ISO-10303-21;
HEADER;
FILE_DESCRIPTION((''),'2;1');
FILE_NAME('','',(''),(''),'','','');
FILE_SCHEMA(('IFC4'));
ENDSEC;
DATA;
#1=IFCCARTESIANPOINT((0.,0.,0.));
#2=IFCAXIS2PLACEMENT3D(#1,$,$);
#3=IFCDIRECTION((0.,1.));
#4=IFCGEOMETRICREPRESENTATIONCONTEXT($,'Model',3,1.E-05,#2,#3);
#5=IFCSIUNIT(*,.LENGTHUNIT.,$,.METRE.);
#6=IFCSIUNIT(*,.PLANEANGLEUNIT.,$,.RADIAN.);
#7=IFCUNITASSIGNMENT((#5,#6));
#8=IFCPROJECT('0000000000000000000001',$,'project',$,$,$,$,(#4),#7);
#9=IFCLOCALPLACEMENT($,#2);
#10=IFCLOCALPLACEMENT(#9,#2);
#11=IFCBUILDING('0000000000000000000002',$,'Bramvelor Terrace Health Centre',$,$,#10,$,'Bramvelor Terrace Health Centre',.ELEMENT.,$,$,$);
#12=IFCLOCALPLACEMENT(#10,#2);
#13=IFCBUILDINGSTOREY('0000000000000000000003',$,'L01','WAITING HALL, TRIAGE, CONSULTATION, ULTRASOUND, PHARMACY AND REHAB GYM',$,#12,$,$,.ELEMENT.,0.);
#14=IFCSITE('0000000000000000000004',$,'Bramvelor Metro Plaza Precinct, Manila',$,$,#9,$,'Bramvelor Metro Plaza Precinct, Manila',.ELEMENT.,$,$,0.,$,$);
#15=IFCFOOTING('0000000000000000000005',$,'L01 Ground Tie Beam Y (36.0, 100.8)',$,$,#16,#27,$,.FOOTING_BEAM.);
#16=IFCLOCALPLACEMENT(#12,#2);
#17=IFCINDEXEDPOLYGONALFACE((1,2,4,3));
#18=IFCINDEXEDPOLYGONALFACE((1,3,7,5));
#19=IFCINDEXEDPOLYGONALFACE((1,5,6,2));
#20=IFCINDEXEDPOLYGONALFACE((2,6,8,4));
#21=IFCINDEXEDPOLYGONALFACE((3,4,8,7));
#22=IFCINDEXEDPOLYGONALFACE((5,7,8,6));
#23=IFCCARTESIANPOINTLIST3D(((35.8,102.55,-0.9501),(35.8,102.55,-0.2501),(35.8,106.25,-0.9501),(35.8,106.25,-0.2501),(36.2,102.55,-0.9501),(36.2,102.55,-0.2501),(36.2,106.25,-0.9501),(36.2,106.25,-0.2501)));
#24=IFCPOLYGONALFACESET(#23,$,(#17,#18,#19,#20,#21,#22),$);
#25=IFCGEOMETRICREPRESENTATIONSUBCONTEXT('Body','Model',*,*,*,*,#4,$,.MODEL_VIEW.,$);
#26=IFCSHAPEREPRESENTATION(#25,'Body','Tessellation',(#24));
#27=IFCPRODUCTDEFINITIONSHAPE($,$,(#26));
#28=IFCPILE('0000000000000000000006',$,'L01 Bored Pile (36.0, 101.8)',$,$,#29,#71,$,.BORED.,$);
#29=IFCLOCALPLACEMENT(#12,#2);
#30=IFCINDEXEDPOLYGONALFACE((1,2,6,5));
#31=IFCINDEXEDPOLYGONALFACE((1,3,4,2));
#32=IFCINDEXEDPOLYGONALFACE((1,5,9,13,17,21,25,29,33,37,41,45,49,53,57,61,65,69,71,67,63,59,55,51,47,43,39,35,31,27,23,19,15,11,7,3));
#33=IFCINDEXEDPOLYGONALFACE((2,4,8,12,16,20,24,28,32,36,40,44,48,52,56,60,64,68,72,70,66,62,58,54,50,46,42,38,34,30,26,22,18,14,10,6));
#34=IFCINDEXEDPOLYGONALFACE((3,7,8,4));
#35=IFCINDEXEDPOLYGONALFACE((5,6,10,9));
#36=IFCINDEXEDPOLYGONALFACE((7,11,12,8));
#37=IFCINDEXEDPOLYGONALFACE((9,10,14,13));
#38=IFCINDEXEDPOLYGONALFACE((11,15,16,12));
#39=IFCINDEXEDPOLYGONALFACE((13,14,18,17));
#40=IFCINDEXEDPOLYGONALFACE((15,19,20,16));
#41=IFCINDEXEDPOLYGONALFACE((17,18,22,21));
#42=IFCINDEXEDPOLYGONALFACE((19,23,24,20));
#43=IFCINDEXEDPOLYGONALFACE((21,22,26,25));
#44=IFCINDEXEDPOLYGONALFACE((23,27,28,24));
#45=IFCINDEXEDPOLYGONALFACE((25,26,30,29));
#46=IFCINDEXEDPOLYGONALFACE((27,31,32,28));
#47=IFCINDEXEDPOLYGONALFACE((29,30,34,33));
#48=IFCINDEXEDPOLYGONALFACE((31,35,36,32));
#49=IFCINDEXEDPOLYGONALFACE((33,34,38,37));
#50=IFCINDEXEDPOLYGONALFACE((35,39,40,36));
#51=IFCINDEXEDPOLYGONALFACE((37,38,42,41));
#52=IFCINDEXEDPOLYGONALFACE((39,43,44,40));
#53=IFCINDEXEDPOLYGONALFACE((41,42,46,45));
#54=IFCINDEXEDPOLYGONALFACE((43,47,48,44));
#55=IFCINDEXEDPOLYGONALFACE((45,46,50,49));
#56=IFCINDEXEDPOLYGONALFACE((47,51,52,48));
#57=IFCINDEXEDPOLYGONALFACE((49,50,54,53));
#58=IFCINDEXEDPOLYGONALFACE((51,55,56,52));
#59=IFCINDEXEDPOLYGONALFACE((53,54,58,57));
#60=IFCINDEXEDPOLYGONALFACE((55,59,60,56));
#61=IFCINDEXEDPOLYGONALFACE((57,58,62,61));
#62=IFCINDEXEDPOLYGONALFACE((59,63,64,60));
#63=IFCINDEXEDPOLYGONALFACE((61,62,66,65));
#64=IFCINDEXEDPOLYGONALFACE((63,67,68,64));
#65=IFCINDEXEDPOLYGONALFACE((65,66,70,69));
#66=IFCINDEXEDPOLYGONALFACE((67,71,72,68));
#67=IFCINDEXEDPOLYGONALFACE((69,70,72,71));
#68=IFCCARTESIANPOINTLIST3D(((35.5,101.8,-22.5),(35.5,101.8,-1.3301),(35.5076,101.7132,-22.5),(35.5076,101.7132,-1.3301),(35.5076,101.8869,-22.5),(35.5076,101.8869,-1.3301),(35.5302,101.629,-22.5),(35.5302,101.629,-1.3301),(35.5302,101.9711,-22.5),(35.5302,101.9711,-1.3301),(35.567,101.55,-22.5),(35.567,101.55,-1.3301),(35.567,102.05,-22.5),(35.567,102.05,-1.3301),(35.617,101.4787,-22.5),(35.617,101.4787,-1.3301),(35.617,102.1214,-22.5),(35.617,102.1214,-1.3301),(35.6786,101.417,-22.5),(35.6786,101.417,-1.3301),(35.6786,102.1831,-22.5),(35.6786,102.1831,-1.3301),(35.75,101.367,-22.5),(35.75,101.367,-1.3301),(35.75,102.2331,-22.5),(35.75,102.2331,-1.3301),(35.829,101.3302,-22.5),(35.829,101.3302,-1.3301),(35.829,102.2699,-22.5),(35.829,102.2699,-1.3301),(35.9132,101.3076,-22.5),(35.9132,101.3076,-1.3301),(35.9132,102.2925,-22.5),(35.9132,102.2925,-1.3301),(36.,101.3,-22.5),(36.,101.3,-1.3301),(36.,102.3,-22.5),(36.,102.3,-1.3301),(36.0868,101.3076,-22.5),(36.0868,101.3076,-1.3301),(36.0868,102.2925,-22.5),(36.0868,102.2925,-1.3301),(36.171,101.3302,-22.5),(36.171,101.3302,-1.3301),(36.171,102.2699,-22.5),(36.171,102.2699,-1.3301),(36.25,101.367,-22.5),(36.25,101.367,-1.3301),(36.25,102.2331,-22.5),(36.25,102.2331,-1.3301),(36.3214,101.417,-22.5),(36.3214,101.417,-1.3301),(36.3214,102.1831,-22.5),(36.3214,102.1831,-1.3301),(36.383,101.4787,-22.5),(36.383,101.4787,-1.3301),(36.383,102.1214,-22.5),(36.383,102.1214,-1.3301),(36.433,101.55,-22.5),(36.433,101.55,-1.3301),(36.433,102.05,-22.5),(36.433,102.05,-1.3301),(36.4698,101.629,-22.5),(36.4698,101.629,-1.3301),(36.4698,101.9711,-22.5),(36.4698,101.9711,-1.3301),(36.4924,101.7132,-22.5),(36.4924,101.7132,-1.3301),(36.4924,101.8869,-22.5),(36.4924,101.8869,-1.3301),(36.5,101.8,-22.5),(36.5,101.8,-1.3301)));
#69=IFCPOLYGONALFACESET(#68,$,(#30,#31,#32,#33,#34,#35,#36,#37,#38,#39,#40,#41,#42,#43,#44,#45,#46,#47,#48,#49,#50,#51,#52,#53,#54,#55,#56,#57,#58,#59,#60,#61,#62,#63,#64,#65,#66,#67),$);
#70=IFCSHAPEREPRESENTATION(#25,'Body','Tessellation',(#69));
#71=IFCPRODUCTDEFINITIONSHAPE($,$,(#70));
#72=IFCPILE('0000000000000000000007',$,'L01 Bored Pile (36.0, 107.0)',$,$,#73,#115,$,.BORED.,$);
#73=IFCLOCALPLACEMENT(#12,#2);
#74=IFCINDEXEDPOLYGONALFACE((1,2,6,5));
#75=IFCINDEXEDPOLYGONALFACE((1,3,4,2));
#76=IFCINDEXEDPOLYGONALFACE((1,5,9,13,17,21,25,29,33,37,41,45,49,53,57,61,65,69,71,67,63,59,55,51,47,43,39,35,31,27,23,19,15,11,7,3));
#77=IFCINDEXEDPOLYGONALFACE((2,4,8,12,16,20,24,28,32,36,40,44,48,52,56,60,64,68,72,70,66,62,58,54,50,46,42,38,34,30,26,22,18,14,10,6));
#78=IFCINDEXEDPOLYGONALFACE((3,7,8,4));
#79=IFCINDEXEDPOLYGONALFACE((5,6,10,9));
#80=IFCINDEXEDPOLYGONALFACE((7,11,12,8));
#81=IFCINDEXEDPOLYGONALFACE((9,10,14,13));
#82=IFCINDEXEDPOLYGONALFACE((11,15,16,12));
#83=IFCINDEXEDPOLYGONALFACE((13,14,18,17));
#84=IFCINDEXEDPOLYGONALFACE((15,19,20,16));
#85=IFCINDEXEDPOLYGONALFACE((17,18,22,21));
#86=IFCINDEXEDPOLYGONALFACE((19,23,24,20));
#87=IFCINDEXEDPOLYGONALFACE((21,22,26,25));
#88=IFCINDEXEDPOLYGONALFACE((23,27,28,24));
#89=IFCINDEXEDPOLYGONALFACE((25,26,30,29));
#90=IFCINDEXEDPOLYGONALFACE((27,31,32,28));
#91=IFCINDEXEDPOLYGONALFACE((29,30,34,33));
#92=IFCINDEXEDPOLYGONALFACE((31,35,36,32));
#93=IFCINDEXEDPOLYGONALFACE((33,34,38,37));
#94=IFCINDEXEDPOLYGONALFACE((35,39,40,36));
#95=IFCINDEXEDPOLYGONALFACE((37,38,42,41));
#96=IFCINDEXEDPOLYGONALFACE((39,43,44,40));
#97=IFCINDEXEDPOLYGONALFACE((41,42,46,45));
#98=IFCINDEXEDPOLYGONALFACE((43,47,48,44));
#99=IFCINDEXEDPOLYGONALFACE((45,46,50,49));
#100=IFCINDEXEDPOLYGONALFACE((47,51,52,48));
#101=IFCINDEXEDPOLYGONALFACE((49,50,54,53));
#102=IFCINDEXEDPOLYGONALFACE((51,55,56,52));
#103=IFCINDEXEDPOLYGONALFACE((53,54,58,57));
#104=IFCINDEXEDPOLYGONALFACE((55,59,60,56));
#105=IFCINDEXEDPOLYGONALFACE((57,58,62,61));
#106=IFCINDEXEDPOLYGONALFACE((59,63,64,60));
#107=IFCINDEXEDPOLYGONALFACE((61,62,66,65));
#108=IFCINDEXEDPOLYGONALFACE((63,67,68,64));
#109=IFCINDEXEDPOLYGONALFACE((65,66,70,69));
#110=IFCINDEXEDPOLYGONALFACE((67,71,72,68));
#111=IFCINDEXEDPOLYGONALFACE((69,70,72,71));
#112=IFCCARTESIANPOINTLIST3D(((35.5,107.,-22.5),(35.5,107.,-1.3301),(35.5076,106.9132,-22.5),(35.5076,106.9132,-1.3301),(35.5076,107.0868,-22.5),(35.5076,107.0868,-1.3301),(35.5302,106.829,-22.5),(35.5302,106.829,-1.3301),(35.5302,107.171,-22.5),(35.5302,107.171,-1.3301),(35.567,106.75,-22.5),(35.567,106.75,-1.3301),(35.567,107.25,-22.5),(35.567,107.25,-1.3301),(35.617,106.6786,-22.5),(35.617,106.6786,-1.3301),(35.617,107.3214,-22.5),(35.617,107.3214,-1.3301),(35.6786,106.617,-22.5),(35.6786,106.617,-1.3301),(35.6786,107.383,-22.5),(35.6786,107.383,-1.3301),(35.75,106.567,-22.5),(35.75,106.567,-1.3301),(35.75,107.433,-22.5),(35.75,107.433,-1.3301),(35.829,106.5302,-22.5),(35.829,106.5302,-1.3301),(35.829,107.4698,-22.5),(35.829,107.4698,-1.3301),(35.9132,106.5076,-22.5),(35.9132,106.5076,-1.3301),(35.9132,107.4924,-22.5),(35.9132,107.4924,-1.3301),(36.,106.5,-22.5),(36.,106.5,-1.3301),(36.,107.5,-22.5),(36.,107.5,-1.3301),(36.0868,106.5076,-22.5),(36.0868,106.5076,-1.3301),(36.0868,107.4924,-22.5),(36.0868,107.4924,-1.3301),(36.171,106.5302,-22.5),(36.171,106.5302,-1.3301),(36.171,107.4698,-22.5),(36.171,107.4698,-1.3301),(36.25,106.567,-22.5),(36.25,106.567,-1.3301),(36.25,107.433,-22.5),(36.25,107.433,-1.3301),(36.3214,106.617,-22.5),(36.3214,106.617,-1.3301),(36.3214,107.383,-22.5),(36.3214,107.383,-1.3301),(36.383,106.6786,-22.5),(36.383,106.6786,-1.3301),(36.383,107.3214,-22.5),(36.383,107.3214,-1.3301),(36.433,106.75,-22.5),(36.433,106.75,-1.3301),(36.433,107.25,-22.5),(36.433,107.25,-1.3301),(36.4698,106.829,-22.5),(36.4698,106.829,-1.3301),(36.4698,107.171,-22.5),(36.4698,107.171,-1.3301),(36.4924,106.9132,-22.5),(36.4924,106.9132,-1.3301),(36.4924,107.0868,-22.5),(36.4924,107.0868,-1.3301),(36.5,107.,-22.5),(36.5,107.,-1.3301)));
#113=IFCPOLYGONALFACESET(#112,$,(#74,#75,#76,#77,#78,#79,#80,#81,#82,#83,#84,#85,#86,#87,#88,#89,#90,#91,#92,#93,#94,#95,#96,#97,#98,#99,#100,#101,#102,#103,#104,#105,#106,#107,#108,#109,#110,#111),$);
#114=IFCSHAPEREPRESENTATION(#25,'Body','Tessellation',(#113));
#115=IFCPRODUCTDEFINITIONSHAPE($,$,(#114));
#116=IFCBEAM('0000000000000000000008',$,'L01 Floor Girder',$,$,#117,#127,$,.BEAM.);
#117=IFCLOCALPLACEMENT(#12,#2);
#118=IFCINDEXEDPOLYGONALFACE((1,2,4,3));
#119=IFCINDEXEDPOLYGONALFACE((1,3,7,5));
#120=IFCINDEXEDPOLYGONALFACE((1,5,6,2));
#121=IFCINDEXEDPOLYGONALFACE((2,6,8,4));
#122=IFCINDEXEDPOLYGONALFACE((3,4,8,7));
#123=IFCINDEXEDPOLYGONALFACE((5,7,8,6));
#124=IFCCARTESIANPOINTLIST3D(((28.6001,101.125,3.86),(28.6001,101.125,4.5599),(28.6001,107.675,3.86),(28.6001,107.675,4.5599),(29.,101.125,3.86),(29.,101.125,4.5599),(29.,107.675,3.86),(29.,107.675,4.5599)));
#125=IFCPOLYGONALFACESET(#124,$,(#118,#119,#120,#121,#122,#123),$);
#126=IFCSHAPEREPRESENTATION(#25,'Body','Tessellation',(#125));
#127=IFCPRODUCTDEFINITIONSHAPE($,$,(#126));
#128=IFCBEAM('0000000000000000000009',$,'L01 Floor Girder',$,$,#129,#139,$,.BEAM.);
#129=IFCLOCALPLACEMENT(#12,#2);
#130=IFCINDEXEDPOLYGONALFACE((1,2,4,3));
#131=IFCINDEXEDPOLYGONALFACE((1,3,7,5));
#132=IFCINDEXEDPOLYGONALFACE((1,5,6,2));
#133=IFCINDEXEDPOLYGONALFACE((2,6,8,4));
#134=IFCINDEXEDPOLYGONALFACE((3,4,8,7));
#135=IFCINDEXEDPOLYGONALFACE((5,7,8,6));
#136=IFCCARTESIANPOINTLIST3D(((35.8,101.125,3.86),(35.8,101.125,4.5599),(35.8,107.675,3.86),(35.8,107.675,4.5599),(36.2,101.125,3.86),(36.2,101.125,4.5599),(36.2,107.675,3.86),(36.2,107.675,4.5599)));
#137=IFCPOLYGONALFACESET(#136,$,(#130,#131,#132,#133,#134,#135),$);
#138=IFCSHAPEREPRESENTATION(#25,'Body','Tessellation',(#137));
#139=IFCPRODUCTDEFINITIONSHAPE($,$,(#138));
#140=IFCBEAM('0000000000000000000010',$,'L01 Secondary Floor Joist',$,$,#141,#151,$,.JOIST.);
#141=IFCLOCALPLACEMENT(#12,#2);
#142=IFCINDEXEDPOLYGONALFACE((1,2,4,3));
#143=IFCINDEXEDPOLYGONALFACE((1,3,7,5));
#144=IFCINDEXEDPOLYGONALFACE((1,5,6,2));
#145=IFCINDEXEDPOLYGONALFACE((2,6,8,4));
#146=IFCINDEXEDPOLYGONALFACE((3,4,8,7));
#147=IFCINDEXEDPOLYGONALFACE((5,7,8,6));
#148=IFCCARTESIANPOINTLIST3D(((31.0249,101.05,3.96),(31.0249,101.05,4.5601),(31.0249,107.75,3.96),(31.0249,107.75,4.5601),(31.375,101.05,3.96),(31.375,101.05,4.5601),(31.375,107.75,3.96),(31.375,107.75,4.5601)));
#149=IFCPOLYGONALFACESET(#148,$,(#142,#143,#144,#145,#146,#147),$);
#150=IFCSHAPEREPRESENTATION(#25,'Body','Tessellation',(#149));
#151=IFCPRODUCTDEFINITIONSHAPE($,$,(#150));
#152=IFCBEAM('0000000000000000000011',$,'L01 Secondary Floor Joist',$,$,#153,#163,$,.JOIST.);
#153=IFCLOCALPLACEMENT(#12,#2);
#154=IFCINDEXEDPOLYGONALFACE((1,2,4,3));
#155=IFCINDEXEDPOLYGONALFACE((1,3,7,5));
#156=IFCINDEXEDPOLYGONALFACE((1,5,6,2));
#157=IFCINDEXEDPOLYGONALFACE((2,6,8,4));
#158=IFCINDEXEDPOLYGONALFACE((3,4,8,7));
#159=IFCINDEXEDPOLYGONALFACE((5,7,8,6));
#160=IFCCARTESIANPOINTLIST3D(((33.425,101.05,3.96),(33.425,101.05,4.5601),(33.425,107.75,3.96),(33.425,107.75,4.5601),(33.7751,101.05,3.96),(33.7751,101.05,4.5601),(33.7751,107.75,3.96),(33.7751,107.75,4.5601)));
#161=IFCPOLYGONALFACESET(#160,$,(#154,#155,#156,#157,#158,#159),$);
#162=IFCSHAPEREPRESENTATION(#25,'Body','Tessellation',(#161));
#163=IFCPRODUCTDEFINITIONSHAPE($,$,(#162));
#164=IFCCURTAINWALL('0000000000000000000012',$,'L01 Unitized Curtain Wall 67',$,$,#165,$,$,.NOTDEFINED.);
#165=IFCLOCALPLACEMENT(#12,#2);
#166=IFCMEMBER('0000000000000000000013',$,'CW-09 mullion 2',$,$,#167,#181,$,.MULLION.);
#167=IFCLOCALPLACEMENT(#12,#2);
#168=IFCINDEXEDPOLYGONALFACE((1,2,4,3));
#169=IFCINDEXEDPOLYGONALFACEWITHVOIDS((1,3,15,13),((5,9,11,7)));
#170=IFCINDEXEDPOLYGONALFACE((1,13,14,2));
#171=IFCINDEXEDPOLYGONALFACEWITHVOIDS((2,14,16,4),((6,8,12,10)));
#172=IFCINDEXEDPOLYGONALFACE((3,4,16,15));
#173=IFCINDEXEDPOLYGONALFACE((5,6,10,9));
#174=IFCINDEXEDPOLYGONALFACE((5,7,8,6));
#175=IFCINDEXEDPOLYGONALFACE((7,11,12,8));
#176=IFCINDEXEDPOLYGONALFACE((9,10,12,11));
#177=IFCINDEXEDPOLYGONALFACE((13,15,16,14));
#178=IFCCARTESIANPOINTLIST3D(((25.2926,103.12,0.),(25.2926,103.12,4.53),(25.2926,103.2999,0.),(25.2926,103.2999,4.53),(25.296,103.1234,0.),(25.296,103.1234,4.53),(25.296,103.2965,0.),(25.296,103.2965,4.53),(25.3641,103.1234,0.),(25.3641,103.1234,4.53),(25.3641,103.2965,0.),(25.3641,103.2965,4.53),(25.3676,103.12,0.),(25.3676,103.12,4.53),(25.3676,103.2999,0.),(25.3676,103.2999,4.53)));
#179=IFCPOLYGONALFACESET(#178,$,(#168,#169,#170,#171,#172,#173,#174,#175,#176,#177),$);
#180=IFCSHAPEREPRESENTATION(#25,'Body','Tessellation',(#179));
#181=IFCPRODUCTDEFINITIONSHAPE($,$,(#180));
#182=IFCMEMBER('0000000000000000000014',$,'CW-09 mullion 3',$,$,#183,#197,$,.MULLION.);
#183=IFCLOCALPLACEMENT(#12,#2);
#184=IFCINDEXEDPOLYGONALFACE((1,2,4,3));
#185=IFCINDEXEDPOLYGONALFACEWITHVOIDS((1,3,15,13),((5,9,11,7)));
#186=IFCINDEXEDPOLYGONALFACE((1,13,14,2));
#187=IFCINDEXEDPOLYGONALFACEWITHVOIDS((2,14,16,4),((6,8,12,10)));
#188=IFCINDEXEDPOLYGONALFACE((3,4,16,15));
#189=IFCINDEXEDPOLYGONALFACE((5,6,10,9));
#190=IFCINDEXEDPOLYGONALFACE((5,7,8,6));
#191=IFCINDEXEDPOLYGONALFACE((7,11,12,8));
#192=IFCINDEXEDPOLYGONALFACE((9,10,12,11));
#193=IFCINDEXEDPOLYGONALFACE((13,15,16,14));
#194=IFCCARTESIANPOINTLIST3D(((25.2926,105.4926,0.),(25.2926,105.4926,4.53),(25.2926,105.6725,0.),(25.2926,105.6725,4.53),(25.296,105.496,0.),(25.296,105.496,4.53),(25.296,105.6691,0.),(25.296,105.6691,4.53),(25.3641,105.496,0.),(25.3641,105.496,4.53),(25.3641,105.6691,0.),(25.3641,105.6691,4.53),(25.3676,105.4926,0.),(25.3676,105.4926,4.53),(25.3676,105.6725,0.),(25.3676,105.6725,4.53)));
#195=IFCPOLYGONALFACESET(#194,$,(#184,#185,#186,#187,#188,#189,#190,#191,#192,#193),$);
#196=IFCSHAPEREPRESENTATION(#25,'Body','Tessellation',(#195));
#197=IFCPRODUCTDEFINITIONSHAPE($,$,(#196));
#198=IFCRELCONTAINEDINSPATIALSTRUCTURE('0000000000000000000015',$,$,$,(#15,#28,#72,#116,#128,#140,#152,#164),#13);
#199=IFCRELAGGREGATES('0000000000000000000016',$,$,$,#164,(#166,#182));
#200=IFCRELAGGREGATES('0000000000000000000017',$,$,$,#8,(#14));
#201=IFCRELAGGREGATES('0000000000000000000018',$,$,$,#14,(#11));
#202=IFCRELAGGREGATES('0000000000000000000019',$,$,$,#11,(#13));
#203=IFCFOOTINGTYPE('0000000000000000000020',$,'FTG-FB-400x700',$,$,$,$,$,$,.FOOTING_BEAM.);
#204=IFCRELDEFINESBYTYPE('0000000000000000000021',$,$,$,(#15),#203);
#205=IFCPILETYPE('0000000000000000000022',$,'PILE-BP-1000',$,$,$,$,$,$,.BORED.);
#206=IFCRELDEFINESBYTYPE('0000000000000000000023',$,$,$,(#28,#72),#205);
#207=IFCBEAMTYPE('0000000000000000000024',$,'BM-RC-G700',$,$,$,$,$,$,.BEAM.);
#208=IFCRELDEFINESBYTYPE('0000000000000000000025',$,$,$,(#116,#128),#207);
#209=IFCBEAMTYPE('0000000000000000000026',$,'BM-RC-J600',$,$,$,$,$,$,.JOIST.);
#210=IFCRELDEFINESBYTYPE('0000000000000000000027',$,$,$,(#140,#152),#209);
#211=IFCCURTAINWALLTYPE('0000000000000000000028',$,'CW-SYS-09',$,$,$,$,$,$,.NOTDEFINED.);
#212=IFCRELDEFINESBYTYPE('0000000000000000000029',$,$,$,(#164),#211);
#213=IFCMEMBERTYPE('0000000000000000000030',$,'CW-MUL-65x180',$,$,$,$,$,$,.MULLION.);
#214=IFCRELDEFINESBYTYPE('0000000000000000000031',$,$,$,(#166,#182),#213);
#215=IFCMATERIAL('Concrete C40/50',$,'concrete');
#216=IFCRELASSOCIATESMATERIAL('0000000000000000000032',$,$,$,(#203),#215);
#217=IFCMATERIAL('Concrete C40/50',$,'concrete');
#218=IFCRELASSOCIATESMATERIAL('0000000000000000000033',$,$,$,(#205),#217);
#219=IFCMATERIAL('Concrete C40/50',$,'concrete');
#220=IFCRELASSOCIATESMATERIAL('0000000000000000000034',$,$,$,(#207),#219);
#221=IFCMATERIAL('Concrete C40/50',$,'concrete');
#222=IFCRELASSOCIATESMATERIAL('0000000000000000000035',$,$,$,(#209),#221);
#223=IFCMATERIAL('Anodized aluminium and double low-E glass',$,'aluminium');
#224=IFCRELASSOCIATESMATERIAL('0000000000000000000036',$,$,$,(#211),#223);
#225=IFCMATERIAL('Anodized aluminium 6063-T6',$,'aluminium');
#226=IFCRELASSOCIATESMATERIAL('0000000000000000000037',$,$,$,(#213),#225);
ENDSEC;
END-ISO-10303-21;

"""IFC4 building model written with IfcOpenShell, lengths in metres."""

from ifc_helpers import new_model, si_unit, direction, frame, origin, origin_2d, place, context, subcontext, project, spatial, rectangle, hollow_rectangle, circle, extrude, material, material_profile, profile_set, type_object, element, aggregate, save


model = new_model("IFC4")

# Units and contexts
model_context = context("Model", 3, precision=1e-05, world=origin(), true_north=direction((0.0, 1.0)))
body_context = subcontext(model_context, "Body", "Model", "MODEL_VIEW")
ifc_project = project(units=[si_unit("LENGTHUNIT", "METRE"), si_unit("PLANEANGLEUNIT", "RADIAN")], contexts=[model_context])

# Site, building, storey
site_placement = place(None, origin())
site = spatial("IfcSite", under=ifc_project, at=site_placement, Name="Bramvelor Metro Plaza Precinct, Manila", LongName="Bramvelor Metro Plaza Precinct, Manila", CompositionType="ELEMENT", RefElevation=0.0)
building_placement = place(site_placement, origin())
building = spatial("IfcBuilding", under=site, at=building_placement, Name="Bramvelor Terrace Health Centre", LongName="Bramvelor Terrace Health Centre", CompositionType="ELEMENT")
storey_placement = place(building_placement, origin())
storey = spatial("IfcBuildingStorey", under=building, at=storey_placement, Name="L01", Description="WAITING HALL, TRIAGE, CONSULTATION, ULTRASOUND, PHARMACY AND REHAB GYM", CompositionType="ELEMENT", Elevation=0.0)

# Footing
ifc_material_1 = material(Name="Concrete C40/50", Category="concrete")
ifc_material_profile_1 = material_profile(ifc_material_1, rectangle(XDim=0.3999, YDim=0.7, at=origin_2d()), Name="RC 400x700")
ifc_profile_set_1 = profile_set([ifc_material_profile_1], Name="Concrete C40/50")
footing_type = type_object("IfcFootingType", Name="FTG-FB-400x700", PredefinedType="FOOTING_BEAM", material=ifc_profile_set_1)
footing_placement = place(storey_placement, frame((36.0, 102.55, -0.6001), z_axis=(0.0, 1.0, 0.0), x_axis=(-1.0, 0.0, 0.0)))
element("IfcFooting", 1, at=footing_placement, inside=storey, type_object=footing_type, Name="L01 Ground Tie Beam Y (36.0, 100.8)", PredefinedType="FOOTING_BEAM", context=body_context, shape_type="SweptSolid", body=[
    extrude(rectangle(XDim=0.3999, YDim=0.7, at=origin_2d()), origin(), (0.0, 0.0, 1.0), 3.7),
])

# Piles
ifc_material_2 = material(Name="Concrete C40/50", Category="concrete")
ifc_material_profile_2 = material_profile(ifc_material_2, circle(Radius=0.5, at=origin_2d()), Name="BP D1000")
ifc_profile_set_2 = profile_set([ifc_material_profile_2], Name="Concrete C40/50")
pile_type = type_object("IfcPileType", Name="PILE-BP-1000", PredefinedType="BORED", material=ifc_profile_set_2)
for number, where, z_axis, x_axis, name in (
    (2, (36.0, 101.8, -1.3301), (0.0, 0.0, -1.0), (1.0, 0.0, 0.0), "L01 Bored Pile (36.0, 101.8)"),
    (3, (36.0, 107.0, -1.3301), (0.0, 0.0, -1.0), (1.0, 0.0, 0.0), "L01 Bored Pile (36.0, 107.0)"),
):
    element("IfcPile", number, at=place(storey_placement, frame(where, z_axis=z_axis, x_axis=x_axis)), inside=storey, type_object=pile_type, Name=name, PredefinedType="BORED", context=body_context, shape_type="SweptSolid", body=[
        extrude(circle(Radius=0.5, at=origin_2d()), origin(), (0.0, 0.0, 1.0), 21.1699),
    ])

# Beams
ifc_material_3 = material(Name="Concrete C40/50", Category="concrete")
ifc_material_profile_3 = material_profile(ifc_material_3, rectangle(XDim=0.3999, YDim=0.7, at=origin_2d()), Name="RC 400x700")
ifc_profile_set_3 = profile_set([ifc_material_profile_3], Name="Concrete C40/50")
beam_type_1 = type_object("IfcBeamType", Name="BM-RC-G700", PredefinedType="BEAM", material=ifc_profile_set_3)
for number, where, z_axis, x_axis, name in (
    (4, (28.8, 101.125, 4.21), (0.0, 1.0, 0.0), (-1.0, 0.0, 0.0), "L01 Floor Girder"),
    (5, (36.0, 101.125, 4.21), (0.0, 1.0, 0.0), (-1.0, 0.0, 0.0), "L01 Floor Girder"),
):
    element("IfcBeam", number, at=place(storey_placement, frame(where, z_axis=z_axis, x_axis=x_axis)), inside=storey, type_object=beam_type_1, Name=name, PredefinedType="BEAM", context=body_context, shape_type="SweptSolid", body=[
        extrude(rectangle(XDim=0.3999, YDim=0.7, at=origin_2d()), origin(), (0.0, 0.0, 1.0), 6.55),
    ])
ifc_material_4 = material(Name="Concrete C40/50", Category="concrete")
ifc_material_profile_4 = material_profile(ifc_material_4, rectangle(XDim=0.3501, YDim=0.6001, at=origin_2d()), Name="RC 350x600")
ifc_profile_set_4 = profile_set([ifc_material_profile_4], Name="Concrete C40/50")
beam_type_2 = type_object("IfcBeamType", Name="BM-RC-J600", PredefinedType="JOIST", material=ifc_profile_set_4)
for number, where, z_axis, x_axis, name in (
    (6, (31.2, 101.05, 4.26), (0.0, 1.0, 0.0), (-1.0, 0.0, 0.0), "L01 Secondary Floor Joist"),
    (7, (33.6001, 101.05, 4.26), (0.0, 1.0, 0.0), (-1.0, 0.0, 0.0), "L01 Secondary Floor Joist"),
):
    element("IfcBeam", number, at=place(storey_placement, frame(where, z_axis=z_axis, x_axis=x_axis)), inside=storey, type_object=beam_type_2, Name=name, PredefinedType="JOIST", context=body_context, shape_type="SweptSolid", body=[
        extrude(rectangle(XDim=0.3501, YDim=0.6001, at=origin_2d()), origin(), (0.0, 0.0, 1.0), 6.7),
    ])

# Curtain wall, members
ifc_material_5 = material(Name="Anodized aluminium and double low-E glass", Category="aluminium")
curtain_wall_type = type_object("IfcCurtainWallType", Name="CW-SYS-09", PredefinedType="NOTDEFINED", material=ifc_material_5)
curtain_wall_placement = place(storey_placement, origin())
curtain_wall = element("IfcCurtainWall", 8, at=curtain_wall_placement, inside=storey, type_object=curtain_wall_type, Name="L01 Unitized Curtain Wall 67", PredefinedType="NOTDEFINED")
ifc_material_6 = material(Name="Anodized aluminium 6063-T6", Category="aluminium")
ifc_material_profile_5 = material_profile(ifc_material_6, hollow_rectangle(XDim=0.075, YDim=0.1799, WallThickness=0.0034, at=origin_2d()), Name="ALU-MUL 75x180x3.5")
ifc_profile_set_5 = profile_set([ifc_material_profile_5], Name="Anodized aluminium 6063-T6")
member_type_1 = type_object("IfcMemberType", Name="CW-MUL-65x180", PredefinedType="MULLION", material=ifc_profile_set_5)
member_1_placement = place(storey_placement, frame((25.3301, 103.21, 0.0), z_axis=(0.0, 0.0, 1.0), x_axis=(-1.0, 0.0, 0.0)))
member_1 = element("IfcMember", 9, at=member_1_placement, type_object=member_type_1, Name="CW-09 mullion 2", PredefinedType="MULLION", context=body_context, shape_type="SweptSolid", body=[
    extrude(hollow_rectangle(XDim=0.075, YDim=0.1799, WallThickness=0.0034, at=origin_2d()), origin(), (0.0, 0.0, 1.0), 4.53),
])
member_2_placement = place(storey_placement, frame((25.3301, 105.5825, 0.0), z_axis=(0.0, 0.0, 1.0), x_axis=(-1.0, 0.0, 0.0)))
member_2 = element("IfcMember", 10, at=member_2_placement, type_object=member_type_1, Name="CW-09 mullion 3", PredefinedType="MULLION", context=body_context, shape_type="SweptSolid", body=[
    extrude(hollow_rectangle(XDim=0.075, YDim=0.1799, WallThickness=0.0034, at=origin_2d()), origin(), (0.0, 0.0, 1.0), 4.53),
])
aggregate(curtain_wall, [member_1, member_2])

save(model, "model.ifc")
